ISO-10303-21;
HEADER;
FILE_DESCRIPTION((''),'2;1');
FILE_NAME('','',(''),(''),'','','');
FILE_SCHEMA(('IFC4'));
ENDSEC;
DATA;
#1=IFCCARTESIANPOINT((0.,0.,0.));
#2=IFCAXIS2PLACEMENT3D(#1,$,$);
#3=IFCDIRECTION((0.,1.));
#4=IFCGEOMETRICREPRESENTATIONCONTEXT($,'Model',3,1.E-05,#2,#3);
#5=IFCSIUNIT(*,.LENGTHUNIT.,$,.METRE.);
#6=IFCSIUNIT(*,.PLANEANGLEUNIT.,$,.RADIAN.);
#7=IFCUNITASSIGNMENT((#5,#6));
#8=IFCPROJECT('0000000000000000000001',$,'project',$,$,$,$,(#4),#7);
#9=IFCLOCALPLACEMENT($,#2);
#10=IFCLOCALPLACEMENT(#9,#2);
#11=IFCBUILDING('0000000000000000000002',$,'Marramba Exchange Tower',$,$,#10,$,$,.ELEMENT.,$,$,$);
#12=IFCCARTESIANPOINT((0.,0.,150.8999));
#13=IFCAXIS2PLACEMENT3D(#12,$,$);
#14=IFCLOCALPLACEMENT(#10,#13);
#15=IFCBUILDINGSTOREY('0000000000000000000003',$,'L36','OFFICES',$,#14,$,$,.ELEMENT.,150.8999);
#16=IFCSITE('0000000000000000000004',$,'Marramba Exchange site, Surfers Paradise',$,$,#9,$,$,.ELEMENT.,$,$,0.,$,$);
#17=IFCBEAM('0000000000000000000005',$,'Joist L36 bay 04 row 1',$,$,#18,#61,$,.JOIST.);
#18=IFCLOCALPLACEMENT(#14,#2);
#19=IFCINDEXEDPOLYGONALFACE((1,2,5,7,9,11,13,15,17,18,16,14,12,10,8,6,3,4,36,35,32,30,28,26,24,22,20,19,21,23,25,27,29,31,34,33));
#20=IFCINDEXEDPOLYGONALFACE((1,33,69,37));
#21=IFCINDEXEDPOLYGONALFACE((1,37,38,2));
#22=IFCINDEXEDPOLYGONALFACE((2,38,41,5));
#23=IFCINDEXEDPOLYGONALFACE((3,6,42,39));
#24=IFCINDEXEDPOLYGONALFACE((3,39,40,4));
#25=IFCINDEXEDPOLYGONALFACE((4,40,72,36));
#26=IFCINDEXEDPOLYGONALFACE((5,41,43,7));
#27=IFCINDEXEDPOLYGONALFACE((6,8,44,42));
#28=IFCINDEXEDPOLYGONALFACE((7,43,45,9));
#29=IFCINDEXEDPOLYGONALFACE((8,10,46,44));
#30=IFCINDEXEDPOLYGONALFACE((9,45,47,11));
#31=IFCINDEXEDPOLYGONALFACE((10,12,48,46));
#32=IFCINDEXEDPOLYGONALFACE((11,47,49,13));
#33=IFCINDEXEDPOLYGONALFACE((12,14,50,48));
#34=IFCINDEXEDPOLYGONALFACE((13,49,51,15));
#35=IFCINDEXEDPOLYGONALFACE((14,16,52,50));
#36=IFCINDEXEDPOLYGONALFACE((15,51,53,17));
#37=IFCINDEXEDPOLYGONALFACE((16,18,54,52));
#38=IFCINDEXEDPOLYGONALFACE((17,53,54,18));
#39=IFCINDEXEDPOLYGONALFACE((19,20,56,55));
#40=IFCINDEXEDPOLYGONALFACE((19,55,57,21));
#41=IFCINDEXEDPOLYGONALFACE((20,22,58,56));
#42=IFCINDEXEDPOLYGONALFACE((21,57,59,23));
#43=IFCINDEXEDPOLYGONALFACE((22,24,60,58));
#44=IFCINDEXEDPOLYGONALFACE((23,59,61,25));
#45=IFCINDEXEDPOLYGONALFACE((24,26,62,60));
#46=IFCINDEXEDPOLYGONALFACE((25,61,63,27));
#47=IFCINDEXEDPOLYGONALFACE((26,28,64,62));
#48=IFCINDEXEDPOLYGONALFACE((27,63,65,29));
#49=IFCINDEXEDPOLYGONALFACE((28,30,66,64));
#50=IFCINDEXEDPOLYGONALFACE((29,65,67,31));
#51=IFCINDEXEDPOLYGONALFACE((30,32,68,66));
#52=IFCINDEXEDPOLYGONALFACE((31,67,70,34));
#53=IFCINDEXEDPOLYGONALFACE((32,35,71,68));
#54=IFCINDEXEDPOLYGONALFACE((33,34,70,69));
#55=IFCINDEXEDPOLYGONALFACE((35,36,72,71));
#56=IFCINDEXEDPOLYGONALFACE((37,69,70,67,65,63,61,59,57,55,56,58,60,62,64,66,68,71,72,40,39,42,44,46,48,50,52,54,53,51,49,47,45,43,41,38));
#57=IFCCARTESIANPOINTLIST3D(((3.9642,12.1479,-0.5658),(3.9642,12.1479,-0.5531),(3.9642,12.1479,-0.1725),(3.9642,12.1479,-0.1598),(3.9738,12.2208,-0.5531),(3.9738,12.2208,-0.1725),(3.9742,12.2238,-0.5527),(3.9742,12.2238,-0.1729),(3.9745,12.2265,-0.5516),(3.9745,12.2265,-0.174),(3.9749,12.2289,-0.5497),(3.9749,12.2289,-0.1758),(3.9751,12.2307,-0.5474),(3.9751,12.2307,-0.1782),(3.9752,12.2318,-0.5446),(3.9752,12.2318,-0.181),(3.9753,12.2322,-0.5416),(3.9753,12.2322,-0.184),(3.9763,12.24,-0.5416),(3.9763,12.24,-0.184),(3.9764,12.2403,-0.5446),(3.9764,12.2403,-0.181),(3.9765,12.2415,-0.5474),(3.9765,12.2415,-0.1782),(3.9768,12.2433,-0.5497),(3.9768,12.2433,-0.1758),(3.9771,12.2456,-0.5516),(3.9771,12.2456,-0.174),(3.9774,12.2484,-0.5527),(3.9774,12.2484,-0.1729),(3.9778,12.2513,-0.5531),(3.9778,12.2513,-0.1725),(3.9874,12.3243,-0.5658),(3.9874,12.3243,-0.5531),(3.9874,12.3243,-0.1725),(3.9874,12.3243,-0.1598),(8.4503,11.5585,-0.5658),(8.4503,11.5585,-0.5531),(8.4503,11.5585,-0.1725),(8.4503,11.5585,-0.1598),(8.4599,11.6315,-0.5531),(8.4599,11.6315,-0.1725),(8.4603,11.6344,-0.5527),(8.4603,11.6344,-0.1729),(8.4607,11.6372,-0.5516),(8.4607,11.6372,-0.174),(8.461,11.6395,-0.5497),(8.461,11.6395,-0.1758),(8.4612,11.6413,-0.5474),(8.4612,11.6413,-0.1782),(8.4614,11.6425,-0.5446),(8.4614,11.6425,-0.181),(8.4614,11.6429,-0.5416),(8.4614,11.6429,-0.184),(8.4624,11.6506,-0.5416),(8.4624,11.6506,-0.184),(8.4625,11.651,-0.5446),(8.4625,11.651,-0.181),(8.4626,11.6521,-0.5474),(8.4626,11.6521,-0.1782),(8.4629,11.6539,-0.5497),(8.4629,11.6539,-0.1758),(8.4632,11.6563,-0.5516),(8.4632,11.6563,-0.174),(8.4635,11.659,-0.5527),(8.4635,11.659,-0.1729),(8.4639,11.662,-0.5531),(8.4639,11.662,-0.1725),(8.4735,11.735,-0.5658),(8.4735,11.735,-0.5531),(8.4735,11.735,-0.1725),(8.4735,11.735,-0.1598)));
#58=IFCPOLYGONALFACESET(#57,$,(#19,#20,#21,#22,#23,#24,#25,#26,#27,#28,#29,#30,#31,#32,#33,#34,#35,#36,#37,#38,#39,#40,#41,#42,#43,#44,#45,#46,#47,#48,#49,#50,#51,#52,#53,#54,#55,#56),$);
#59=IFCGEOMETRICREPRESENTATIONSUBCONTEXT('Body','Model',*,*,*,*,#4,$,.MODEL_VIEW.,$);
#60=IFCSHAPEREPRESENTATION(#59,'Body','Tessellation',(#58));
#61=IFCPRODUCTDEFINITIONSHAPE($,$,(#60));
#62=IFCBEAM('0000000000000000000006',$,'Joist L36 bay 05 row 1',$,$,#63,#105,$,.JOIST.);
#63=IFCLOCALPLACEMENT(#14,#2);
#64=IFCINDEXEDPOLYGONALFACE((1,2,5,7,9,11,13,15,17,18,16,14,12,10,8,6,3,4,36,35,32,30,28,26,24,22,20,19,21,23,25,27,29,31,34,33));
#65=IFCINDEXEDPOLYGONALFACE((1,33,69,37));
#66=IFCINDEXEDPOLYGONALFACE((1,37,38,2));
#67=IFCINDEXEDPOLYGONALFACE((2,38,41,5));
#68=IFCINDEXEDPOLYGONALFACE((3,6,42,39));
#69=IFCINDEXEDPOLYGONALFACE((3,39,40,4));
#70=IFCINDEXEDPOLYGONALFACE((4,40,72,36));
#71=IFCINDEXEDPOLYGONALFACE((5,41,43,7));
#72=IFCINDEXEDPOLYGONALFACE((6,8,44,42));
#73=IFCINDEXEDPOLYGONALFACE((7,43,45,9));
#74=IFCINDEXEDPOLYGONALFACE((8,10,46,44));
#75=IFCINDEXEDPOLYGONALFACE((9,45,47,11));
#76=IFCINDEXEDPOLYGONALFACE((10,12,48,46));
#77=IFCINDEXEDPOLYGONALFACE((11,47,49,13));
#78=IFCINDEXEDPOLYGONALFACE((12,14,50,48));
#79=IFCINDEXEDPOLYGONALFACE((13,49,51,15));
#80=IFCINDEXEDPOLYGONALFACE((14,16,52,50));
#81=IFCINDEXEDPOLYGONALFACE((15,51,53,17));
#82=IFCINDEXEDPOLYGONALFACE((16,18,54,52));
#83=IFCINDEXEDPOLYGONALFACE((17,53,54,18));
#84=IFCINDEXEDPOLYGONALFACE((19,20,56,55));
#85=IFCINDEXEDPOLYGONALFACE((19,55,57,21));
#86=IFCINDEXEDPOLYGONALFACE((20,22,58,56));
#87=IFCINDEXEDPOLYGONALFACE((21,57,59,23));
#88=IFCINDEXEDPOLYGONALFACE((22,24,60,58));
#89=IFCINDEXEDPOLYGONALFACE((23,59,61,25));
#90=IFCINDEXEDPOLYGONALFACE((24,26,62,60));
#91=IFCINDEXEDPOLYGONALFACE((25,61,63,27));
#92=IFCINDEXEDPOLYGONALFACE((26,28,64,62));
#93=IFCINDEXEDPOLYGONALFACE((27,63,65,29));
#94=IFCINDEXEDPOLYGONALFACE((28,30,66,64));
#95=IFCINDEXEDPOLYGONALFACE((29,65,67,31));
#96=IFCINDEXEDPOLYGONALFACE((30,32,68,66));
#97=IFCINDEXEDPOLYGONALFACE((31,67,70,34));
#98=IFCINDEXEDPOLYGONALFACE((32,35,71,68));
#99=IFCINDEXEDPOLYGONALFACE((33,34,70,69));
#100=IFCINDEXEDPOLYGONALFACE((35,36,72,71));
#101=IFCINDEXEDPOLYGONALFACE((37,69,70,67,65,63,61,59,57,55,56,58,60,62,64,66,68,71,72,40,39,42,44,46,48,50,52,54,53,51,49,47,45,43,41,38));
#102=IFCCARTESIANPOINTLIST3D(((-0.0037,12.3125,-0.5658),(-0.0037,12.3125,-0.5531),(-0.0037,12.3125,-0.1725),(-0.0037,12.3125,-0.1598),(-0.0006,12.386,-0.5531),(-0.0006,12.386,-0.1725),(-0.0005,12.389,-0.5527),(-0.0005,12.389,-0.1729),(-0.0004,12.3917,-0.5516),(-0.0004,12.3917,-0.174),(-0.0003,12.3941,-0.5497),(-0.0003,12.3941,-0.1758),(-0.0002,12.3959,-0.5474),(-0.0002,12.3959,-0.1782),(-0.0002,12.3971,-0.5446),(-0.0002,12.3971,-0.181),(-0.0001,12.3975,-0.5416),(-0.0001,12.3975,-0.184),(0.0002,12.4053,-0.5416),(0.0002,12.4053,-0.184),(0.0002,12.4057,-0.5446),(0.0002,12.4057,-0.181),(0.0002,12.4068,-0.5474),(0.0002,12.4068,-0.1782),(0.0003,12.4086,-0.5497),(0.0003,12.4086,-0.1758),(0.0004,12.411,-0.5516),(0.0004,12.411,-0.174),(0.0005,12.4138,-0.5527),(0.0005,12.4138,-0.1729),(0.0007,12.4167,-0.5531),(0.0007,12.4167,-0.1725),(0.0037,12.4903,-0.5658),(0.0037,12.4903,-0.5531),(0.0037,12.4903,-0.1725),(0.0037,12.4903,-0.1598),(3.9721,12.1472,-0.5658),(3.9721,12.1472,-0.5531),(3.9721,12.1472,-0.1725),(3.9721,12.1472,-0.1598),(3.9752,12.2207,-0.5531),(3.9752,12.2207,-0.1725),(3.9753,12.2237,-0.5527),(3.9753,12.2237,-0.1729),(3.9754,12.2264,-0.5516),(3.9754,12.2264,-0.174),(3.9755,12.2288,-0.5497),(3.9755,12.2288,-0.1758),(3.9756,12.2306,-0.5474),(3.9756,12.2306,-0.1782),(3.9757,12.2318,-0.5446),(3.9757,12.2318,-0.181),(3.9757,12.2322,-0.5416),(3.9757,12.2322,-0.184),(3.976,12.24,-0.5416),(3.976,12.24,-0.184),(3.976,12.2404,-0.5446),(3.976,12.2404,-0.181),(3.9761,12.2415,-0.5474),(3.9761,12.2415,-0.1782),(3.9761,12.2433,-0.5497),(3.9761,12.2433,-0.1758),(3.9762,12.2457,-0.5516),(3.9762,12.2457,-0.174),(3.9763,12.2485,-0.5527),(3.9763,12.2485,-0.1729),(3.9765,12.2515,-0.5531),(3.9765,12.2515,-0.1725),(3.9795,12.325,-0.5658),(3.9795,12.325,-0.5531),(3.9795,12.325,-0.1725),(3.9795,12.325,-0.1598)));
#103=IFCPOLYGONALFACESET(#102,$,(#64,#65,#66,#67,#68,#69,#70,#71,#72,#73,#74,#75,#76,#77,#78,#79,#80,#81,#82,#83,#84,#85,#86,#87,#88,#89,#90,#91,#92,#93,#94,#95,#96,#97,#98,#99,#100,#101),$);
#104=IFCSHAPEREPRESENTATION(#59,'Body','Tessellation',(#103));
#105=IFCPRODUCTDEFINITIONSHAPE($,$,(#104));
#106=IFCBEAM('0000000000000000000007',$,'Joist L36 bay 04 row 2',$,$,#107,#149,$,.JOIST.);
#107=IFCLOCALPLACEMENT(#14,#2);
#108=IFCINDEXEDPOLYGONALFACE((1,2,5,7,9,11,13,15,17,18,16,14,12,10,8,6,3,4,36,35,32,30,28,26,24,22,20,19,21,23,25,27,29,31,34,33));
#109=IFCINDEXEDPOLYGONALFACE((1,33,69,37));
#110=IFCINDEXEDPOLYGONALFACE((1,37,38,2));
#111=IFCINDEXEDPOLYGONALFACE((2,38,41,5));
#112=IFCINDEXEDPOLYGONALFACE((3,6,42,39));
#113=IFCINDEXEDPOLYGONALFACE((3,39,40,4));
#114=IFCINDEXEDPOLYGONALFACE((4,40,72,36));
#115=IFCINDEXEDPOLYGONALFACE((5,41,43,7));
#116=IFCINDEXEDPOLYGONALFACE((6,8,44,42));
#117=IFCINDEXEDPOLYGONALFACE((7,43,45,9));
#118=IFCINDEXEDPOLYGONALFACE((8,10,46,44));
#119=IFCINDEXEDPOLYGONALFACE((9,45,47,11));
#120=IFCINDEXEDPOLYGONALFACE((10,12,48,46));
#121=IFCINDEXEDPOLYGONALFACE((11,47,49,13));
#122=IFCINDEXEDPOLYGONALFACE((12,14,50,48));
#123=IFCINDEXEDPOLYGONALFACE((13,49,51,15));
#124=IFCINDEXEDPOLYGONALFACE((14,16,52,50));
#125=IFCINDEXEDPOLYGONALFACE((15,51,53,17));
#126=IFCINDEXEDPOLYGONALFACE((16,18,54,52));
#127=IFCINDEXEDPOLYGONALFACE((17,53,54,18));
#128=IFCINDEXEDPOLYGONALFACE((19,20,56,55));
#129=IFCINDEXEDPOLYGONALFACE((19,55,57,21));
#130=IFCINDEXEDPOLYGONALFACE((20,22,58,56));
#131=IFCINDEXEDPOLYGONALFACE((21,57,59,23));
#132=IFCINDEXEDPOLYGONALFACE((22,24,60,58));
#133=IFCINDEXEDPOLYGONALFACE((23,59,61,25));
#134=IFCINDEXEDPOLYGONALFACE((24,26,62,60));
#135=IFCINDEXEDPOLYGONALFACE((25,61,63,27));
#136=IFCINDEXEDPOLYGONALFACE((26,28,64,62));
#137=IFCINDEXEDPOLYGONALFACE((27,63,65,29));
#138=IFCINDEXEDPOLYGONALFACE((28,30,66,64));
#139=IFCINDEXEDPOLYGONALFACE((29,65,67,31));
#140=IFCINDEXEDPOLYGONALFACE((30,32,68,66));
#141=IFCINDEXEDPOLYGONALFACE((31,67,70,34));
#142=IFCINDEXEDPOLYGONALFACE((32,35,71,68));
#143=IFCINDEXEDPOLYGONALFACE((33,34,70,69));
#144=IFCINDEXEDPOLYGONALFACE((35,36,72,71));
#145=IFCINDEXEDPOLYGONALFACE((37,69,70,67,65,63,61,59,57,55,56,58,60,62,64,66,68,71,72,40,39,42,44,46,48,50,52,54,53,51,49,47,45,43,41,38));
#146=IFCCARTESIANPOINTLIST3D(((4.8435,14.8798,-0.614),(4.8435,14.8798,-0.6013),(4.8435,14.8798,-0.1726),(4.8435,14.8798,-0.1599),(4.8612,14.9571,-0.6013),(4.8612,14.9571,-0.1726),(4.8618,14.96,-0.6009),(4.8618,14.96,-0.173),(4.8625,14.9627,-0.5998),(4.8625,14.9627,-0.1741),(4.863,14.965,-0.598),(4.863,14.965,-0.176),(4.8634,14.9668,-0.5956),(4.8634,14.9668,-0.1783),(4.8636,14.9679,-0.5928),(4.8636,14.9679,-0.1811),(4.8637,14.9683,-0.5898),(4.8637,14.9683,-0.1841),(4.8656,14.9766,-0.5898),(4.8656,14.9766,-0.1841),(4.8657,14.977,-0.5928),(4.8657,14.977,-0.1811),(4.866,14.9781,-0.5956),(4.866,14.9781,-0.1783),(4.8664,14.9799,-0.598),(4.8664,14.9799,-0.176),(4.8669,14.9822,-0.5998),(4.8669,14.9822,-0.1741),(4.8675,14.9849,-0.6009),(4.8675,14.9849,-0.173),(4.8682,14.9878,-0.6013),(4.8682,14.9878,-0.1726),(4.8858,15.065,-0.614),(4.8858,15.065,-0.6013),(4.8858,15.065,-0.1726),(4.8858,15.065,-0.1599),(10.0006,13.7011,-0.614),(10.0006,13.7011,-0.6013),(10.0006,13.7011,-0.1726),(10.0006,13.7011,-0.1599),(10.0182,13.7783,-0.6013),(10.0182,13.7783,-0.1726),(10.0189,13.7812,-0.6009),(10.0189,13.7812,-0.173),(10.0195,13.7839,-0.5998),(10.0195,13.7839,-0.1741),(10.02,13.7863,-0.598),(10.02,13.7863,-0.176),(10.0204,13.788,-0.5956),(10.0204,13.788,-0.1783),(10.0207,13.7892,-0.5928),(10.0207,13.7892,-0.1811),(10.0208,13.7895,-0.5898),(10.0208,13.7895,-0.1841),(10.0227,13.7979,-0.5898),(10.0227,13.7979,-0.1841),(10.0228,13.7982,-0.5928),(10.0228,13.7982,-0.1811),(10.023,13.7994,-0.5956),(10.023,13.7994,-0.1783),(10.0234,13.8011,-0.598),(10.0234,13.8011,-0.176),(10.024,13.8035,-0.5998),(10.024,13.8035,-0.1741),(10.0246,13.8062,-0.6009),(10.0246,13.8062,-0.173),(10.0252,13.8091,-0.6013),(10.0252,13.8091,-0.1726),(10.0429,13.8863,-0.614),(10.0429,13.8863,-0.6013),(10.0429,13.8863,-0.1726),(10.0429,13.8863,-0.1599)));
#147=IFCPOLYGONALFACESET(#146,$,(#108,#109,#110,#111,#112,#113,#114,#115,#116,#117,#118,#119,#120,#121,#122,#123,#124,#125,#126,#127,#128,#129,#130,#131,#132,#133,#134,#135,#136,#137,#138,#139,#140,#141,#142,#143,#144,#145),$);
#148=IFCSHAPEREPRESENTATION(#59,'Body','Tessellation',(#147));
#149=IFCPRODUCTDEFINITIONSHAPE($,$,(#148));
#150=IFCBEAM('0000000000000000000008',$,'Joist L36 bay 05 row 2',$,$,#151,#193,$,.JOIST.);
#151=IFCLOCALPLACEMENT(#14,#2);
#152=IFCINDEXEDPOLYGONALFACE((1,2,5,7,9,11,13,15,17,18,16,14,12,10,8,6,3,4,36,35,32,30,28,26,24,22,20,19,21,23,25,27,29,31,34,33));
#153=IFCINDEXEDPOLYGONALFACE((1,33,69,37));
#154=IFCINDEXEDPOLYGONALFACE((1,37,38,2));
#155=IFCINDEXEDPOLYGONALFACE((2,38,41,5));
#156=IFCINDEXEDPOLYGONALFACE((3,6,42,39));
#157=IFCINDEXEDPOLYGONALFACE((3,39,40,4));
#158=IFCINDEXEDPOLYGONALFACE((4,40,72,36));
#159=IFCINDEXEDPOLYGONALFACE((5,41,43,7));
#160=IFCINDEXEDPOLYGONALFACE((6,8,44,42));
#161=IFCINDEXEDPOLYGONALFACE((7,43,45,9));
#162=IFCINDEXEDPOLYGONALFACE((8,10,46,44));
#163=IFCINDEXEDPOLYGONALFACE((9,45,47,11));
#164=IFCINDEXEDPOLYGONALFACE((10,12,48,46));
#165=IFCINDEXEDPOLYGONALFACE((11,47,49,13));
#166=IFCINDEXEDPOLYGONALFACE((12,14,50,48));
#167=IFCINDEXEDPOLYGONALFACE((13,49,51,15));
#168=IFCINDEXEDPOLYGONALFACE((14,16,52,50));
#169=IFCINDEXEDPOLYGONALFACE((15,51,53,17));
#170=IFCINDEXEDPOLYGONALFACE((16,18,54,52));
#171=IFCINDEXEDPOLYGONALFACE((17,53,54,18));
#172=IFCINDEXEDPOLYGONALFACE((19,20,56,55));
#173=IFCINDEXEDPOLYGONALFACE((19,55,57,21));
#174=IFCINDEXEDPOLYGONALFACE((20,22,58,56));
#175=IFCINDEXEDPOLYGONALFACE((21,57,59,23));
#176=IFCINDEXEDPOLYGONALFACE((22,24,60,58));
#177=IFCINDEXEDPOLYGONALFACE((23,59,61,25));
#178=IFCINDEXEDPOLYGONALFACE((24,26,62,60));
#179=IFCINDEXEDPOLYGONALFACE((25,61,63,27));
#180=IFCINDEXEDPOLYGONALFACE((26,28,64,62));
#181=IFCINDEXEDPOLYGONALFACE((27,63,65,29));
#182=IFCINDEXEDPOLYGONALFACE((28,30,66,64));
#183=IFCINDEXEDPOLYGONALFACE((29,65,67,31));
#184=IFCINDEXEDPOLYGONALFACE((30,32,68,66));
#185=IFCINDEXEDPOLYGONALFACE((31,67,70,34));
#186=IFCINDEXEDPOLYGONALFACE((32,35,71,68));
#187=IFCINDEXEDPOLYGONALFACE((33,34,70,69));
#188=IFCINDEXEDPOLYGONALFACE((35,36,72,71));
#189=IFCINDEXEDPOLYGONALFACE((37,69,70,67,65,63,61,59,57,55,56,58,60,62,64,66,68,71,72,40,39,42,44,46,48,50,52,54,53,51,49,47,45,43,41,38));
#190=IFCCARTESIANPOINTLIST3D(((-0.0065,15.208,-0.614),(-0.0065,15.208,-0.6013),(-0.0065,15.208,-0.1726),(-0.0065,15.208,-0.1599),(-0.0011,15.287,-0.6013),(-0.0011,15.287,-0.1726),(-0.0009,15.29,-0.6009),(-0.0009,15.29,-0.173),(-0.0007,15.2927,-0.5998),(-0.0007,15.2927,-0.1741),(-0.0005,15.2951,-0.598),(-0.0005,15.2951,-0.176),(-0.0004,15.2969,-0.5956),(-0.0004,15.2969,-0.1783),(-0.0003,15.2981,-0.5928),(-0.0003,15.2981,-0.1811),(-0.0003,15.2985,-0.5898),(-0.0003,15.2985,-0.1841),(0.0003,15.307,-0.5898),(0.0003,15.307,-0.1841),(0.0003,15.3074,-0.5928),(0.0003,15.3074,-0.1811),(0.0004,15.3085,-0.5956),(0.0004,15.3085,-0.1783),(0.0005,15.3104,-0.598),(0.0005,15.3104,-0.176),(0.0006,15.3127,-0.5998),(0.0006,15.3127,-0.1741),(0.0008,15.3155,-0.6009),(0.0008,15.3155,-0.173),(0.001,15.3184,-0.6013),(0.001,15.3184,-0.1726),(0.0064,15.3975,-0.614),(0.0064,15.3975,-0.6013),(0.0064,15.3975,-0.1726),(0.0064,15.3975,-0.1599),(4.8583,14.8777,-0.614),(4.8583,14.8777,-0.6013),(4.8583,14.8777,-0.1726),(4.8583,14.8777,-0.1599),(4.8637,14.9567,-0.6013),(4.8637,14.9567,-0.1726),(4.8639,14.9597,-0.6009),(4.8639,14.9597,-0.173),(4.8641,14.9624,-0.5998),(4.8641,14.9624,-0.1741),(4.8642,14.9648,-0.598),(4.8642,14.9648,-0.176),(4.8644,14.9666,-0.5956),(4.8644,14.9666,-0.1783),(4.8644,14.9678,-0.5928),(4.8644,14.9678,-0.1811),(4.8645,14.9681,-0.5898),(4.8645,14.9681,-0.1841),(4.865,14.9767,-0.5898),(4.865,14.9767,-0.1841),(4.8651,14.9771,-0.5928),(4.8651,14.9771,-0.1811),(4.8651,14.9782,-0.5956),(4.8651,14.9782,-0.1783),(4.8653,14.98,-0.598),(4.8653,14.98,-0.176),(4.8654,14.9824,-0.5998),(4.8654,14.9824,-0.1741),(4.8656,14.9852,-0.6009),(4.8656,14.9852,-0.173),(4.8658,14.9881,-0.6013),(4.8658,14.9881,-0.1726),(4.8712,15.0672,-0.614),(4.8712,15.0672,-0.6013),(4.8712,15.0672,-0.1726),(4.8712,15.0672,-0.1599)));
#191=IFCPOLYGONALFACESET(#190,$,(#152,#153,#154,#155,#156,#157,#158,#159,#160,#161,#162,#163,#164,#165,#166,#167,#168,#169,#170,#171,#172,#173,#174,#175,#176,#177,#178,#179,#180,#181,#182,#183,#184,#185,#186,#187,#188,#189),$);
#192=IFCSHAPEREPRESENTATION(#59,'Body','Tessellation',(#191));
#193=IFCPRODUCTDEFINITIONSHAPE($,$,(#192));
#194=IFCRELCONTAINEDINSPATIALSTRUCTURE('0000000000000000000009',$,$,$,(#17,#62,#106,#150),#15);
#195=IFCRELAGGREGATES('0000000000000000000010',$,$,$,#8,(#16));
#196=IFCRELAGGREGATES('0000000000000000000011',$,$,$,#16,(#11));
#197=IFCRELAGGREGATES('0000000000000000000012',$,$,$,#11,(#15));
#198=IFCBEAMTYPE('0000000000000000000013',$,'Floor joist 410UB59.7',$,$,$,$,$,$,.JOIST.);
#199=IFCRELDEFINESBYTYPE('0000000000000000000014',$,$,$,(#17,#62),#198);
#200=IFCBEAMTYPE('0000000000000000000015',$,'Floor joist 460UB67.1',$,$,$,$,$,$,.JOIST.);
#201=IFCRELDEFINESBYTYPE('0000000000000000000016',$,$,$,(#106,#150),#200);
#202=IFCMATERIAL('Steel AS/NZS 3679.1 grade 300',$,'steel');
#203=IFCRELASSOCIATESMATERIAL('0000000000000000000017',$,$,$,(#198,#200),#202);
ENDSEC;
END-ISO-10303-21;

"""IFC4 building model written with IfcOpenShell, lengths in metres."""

from ifc_helpers import new_model, si_unit, direction, frame, origin, origin_2d, place, context, subcontext, project, spatial, i_section, extrude, material, material_profile, profile_set, type_object, element, save


model = new_model("IFC4")

# Units and contexts
model_context = context("Model", 3, precision=1e-05, world=origin(), true_north=direction((0.0, 1.0)))
body_context = subcontext(model_context, "Body", "Model", "MODEL_VIEW")
ifc_project = project(units=[si_unit("LENGTHUNIT", "METRE"), si_unit("PLANEANGLEUNIT", "RADIAN")], contexts=[model_context])

# Site, building, storey
site_placement = place(None, origin())
site = spatial("IfcSite", under=ifc_project, at=site_placement, Name="Marramba Exchange site, Surfers Paradise", CompositionType="ELEMENT", RefElevation=0.0)
building_placement = place(site_placement, origin())
building = spatial("IfcBuilding", under=site, at=building_placement, Name="Marramba Exchange Tower", CompositionType="ELEMENT")
storey_placement = place(building_placement, frame((0.0, 0.0, 150.8999)))
storey = spatial("IfcBuildingStorey", under=building, at=storey_placement, Name="L36", Description="OFFICES", CompositionType="ELEMENT", Elevation=150.8999)

# Beams
ifc_material_1 = material(Name="Steel AS/NZS 3679.1 grade 300", Category="steel")
ifc_material_profile_1 = material_profile(ifc_material_1, i_section(OverallWidth=0.178, OverallDepth=0.406, WebThickness=0.0078, FlangeThickness=0.0127, FilletRadius=0.0115, at=origin_2d()), Name="410UB59.7")
ifc_profile_set_1 = profile_set([ifc_material_profile_1], Name="Steel AS/NZS 3679.1 grade 300")
beam_type_1 = type_object("IfcBeamType", Name="Floor joist 410UB59.7", PredefinedType="JOIST", material=ifc_profile_set_1)
beam_1_placement = place(storey_placement, frame((8.4619, 11.6467, -0.3628), z_axis=(-0.991481, 0.130255, 0.0), x_axis=(-0.130255, -0.991481, 0.0)))
element("IfcBeam", 1, at=beam_1_placement, inside=storey, type_object=beam_type_1, Name="Joist L36 bay 04 row 1", PredefinedType="JOIST", context=body_context, shape_type="SweptSolid", body=[
    extrude(i_section(OverallWidth=0.178, OverallDepth=0.406, WebThickness=0.0078, FlangeThickness=0.0127, FilletRadius=0.0115, at=origin_2d()), origin(), (0.0, 0.0, 1.0), 4.5247),
])
beam_2_placement = place(storey_placement, frame((3.9758, 12.2361, -0.3628), z_axis=(-0.999137, 0.041536, 0.0), x_axis=(-0.041536, -0.999137, 0.0)))
element("IfcBeam", 2, at=beam_2_placement, inside=storey, type_object=beam_type_1, Name="Joist L36 bay 05 row 1", PredefinedType="JOIST", context=body_context, shape_type="SweptSolid", body=[
    extrude(i_section(OverallWidth=0.178, OverallDepth=0.406, WebThickness=0.0078, FlangeThickness=0.0127, FilletRadius=0.0115, at=origin_2d()), origin(), (0.0, 0.0, 1.0), 3.9792),
])
ifc_material_profile_2 = material_profile(ifc_material_1, i_section(OverallWidth=0.1899, OverallDepth=0.4541, WebThickness=0.0085, FlangeThickness=0.0127, FilletRadius=0.0115, at=origin_2d()), Name="460UB67.1")
ifc_profile_set_2 = profile_set([ifc_material_profile_2], Name="Steel AS/NZS 3679.1 grade 300")
beam_type_2 = type_object("IfcBeamType", Name="Floor joist 460UB67.1", PredefinedType="JOIST", material=ifc_profile_set_2)
beam_3_placement = place(storey_placement, frame((10.0217, 13.7937, -0.387), z_axis=(-0.97486, 0.22282, 0.0), x_axis=(-0.22282, -0.97486, 0.0)))
element("IfcBeam", 3, at=beam_3_placement, inside=storey, type_object=beam_type_2, Name="Joist L36 bay 04 row 2", PredefinedType="JOIST", context=body_context, shape_type="SweptSolid", body=[
    extrude(i_section(OverallWidth=0.1899, OverallDepth=0.4541, WebThickness=0.0085, FlangeThickness=0.0127, FilletRadius=0.0115, at=origin_2d()), origin(), (0.0, 0.0, 1.0), 5.29),
])
beam_4_placement = place(storey_placement, frame((4.8647, 14.9724, -0.387), z_axis=(-0.997703, 0.067745, 0.0), x_axis=(-0.067745, -0.997703, 0.0)))
element("IfcBeam", 4, at=beam_4_placement, inside=storey, type_object=beam_type_2, Name="Joist L36 bay 05 row 2", PredefinedType="JOIST", context=body_context, shape_type="SweptSolid", body=[
    extrude(i_section(OverallWidth=0.1899, OverallDepth=0.4541, WebThickness=0.0085, FlangeThickness=0.0127, FilletRadius=0.0115, at=origin_2d()), origin(), (0.0, 0.0, 1.0), 4.876),
])

save(model, "model.ifc")
